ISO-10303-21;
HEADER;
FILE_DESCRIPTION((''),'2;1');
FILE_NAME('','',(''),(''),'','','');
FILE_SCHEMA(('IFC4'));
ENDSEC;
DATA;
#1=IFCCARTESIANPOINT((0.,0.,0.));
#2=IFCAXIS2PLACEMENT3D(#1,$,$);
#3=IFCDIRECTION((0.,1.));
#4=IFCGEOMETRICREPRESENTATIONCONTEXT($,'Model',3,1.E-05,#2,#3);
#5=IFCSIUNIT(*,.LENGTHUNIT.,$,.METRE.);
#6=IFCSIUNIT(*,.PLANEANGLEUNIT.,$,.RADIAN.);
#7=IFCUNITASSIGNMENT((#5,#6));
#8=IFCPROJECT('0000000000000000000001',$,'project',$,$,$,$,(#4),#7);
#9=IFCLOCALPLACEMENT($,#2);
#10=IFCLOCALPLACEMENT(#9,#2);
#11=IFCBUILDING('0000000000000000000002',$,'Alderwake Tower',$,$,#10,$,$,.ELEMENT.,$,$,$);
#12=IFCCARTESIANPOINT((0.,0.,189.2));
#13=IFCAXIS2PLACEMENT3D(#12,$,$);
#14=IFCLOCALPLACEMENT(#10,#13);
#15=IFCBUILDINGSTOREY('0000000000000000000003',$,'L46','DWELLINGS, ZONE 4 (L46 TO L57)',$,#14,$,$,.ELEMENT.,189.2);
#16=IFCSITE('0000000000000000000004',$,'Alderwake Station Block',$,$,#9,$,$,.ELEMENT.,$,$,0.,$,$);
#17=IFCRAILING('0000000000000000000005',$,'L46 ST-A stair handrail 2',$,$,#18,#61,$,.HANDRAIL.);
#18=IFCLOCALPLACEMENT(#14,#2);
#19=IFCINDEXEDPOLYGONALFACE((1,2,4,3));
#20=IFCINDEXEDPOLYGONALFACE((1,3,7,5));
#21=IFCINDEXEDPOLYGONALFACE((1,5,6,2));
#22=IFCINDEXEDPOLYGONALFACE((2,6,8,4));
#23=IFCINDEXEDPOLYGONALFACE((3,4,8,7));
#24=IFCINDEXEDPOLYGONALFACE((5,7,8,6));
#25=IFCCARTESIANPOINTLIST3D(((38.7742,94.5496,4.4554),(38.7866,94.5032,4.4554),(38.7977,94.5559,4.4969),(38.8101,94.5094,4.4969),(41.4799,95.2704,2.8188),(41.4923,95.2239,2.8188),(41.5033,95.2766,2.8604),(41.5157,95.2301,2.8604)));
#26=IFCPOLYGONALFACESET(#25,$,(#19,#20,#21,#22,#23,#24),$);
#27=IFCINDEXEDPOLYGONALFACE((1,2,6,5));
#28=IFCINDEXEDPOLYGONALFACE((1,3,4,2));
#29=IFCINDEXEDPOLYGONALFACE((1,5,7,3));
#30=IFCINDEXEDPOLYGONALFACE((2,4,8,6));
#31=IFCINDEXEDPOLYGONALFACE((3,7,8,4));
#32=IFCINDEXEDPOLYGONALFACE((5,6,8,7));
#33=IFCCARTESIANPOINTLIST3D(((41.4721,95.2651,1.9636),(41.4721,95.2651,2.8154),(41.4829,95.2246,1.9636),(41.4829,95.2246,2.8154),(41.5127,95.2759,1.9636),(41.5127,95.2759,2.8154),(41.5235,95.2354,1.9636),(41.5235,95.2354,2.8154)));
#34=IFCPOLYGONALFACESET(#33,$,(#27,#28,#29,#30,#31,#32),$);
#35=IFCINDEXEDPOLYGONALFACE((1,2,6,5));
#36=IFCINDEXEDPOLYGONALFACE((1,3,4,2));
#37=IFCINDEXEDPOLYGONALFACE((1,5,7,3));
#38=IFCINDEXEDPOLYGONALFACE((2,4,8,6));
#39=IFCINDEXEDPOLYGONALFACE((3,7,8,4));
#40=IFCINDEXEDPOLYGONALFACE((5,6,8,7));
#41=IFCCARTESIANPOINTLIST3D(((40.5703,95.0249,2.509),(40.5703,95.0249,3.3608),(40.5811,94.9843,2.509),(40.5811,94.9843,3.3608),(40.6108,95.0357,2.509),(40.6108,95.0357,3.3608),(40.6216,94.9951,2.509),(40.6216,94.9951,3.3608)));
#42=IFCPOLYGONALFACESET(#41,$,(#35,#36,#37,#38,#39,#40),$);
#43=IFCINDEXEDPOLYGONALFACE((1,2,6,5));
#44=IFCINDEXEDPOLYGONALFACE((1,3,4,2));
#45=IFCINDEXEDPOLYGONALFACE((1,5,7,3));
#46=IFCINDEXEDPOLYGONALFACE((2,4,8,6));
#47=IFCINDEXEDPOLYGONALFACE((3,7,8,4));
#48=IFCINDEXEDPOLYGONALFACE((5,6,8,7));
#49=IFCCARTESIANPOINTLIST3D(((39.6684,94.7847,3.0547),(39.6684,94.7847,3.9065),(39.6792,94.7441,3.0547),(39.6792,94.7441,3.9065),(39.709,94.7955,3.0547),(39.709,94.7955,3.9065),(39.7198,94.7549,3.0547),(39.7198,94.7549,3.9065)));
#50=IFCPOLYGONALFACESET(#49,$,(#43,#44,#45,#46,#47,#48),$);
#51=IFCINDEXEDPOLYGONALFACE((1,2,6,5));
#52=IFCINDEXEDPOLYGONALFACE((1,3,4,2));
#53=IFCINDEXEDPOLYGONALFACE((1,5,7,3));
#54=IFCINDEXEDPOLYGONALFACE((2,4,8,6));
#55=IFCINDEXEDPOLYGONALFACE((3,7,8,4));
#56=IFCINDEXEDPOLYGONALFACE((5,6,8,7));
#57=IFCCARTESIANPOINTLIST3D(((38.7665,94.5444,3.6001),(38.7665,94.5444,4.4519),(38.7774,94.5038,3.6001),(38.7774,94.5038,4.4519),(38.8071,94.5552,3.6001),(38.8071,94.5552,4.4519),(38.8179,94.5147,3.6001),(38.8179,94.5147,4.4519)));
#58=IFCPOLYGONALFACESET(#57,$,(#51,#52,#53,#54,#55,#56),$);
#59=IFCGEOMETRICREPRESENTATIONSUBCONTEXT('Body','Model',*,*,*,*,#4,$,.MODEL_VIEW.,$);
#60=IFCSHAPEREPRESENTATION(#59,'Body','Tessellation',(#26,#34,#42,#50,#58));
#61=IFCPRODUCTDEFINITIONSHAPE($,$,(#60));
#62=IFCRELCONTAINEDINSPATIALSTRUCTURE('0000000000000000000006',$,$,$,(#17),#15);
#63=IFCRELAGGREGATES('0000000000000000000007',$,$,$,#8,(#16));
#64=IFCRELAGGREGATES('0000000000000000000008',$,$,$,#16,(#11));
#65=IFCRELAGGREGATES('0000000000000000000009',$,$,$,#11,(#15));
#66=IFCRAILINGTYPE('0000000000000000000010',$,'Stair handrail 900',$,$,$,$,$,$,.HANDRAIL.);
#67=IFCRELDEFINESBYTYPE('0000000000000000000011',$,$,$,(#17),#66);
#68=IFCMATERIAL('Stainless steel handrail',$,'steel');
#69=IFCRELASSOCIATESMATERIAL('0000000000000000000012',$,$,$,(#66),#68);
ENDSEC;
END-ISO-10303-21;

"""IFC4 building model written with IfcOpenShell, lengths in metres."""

from ifc_helpers import new_model, si_unit, direction, frame, origin, origin_2d, place, context, subcontext, project, spatial, rectangle, extrude, material, type_object, element, save


model = new_model("IFC4")

# Units and contexts
model_context = context("Model", 3, precision=1e-05, world=origin(), true_north=direction((0.0, 1.0)))
body_context = subcontext(model_context, "Body", "Model", "MODEL_VIEW")
ifc_project = project(units=[si_unit("LENGTHUNIT", "METRE"), si_unit("PLANEANGLEUNIT", "RADIAN")], contexts=[model_context])

# Site, building, storey
site_placement = place(None, origin())
site = spatial("IfcSite", under=ifc_project, at=site_placement, Name="Alderwake Station Block", CompositionType="ELEMENT", RefElevation=0.0)
building_placement = place(site_placement, origin())
building = spatial("IfcBuilding", under=site, at=building_placement, Name="Alderwake Tower", CompositionType="ELEMENT")
storey_placement = place(building_placement, frame((0.0, 0.0, 189.2)))
storey = spatial("IfcBuildingStorey", under=building, at=storey_placement, Name="L46", Description="DWELLINGS, ZONE 4 (L46 TO L57)", CompositionType="ELEMENT", Elevation=189.2)

# Railing
ifc_material_1 = material(Name="Stainless steel handrail", Category="steel")
railing_type_1 = type_object("IfcRailingType", Name="Stair handrail 900", PredefinedType="HANDRAIL", material=ifc_material_1)
railing_1_placement = place(storey_placement, frame((41.4978, 95.2502, 1.9636)))
element("IfcRailing", 1, at=railing_1_placement, inside=storey, type_object=railing_type_1, Name="L46 ST-A stair handrail 2", PredefinedType="HANDRAIL", context=body_context, shape_type="SweptSolid", body=[
    extrude(rectangle(XDim=0.0481, YDim=0.0481, at=origin_2d()), frame((0.0, 0.0, 0.876), z_axis=(-0.834259, -0.222228, 0.504605), x_axis=(0.257402, -0.966304, 0.0)), (0.0, 0.0, 1.0), 3.2432),
    extrude(rectangle(XDim=0.042, YDim=0.042, at=origin_2d()), frame((0.0, 0.0, 0.0), z_axis=(0.0, 0.0, 1.0), x_axis=(-0.966304, -0.257402, 0.0)), (0.0, 0.0, 1.0), 0.8518),
    extrude(rectangle(XDim=0.042, YDim=0.042, at=origin_2d()), frame((-0.9019, -0.2402, 0.5454), z_axis=(0.0, 0.0, 1.0), x_axis=(-0.966304, -0.257402, 0.0)), (0.0, 0.0, 1.0), 0.8518),
    extrude(rectangle(XDim=0.042, YDim=0.042, at=origin_2d()), frame((-1.8037, -0.4805, 1.0911), z_axis=(0.0, 0.0, 1.0), x_axis=(-0.966304, -0.257402, 0.0)), (0.0, 0.0, 1.0), 0.8518),
    extrude(rectangle(XDim=0.042, YDim=0.042, at=origin_2d()), frame((-2.7056, -0.7207, 1.6365), z_axis=(0.0, 0.0, 1.0), x_axis=(-0.966304, -0.257402, 0.0)), (0.0, 0.0, 1.0), 0.8518),
])

save(model, "model.ifc")
